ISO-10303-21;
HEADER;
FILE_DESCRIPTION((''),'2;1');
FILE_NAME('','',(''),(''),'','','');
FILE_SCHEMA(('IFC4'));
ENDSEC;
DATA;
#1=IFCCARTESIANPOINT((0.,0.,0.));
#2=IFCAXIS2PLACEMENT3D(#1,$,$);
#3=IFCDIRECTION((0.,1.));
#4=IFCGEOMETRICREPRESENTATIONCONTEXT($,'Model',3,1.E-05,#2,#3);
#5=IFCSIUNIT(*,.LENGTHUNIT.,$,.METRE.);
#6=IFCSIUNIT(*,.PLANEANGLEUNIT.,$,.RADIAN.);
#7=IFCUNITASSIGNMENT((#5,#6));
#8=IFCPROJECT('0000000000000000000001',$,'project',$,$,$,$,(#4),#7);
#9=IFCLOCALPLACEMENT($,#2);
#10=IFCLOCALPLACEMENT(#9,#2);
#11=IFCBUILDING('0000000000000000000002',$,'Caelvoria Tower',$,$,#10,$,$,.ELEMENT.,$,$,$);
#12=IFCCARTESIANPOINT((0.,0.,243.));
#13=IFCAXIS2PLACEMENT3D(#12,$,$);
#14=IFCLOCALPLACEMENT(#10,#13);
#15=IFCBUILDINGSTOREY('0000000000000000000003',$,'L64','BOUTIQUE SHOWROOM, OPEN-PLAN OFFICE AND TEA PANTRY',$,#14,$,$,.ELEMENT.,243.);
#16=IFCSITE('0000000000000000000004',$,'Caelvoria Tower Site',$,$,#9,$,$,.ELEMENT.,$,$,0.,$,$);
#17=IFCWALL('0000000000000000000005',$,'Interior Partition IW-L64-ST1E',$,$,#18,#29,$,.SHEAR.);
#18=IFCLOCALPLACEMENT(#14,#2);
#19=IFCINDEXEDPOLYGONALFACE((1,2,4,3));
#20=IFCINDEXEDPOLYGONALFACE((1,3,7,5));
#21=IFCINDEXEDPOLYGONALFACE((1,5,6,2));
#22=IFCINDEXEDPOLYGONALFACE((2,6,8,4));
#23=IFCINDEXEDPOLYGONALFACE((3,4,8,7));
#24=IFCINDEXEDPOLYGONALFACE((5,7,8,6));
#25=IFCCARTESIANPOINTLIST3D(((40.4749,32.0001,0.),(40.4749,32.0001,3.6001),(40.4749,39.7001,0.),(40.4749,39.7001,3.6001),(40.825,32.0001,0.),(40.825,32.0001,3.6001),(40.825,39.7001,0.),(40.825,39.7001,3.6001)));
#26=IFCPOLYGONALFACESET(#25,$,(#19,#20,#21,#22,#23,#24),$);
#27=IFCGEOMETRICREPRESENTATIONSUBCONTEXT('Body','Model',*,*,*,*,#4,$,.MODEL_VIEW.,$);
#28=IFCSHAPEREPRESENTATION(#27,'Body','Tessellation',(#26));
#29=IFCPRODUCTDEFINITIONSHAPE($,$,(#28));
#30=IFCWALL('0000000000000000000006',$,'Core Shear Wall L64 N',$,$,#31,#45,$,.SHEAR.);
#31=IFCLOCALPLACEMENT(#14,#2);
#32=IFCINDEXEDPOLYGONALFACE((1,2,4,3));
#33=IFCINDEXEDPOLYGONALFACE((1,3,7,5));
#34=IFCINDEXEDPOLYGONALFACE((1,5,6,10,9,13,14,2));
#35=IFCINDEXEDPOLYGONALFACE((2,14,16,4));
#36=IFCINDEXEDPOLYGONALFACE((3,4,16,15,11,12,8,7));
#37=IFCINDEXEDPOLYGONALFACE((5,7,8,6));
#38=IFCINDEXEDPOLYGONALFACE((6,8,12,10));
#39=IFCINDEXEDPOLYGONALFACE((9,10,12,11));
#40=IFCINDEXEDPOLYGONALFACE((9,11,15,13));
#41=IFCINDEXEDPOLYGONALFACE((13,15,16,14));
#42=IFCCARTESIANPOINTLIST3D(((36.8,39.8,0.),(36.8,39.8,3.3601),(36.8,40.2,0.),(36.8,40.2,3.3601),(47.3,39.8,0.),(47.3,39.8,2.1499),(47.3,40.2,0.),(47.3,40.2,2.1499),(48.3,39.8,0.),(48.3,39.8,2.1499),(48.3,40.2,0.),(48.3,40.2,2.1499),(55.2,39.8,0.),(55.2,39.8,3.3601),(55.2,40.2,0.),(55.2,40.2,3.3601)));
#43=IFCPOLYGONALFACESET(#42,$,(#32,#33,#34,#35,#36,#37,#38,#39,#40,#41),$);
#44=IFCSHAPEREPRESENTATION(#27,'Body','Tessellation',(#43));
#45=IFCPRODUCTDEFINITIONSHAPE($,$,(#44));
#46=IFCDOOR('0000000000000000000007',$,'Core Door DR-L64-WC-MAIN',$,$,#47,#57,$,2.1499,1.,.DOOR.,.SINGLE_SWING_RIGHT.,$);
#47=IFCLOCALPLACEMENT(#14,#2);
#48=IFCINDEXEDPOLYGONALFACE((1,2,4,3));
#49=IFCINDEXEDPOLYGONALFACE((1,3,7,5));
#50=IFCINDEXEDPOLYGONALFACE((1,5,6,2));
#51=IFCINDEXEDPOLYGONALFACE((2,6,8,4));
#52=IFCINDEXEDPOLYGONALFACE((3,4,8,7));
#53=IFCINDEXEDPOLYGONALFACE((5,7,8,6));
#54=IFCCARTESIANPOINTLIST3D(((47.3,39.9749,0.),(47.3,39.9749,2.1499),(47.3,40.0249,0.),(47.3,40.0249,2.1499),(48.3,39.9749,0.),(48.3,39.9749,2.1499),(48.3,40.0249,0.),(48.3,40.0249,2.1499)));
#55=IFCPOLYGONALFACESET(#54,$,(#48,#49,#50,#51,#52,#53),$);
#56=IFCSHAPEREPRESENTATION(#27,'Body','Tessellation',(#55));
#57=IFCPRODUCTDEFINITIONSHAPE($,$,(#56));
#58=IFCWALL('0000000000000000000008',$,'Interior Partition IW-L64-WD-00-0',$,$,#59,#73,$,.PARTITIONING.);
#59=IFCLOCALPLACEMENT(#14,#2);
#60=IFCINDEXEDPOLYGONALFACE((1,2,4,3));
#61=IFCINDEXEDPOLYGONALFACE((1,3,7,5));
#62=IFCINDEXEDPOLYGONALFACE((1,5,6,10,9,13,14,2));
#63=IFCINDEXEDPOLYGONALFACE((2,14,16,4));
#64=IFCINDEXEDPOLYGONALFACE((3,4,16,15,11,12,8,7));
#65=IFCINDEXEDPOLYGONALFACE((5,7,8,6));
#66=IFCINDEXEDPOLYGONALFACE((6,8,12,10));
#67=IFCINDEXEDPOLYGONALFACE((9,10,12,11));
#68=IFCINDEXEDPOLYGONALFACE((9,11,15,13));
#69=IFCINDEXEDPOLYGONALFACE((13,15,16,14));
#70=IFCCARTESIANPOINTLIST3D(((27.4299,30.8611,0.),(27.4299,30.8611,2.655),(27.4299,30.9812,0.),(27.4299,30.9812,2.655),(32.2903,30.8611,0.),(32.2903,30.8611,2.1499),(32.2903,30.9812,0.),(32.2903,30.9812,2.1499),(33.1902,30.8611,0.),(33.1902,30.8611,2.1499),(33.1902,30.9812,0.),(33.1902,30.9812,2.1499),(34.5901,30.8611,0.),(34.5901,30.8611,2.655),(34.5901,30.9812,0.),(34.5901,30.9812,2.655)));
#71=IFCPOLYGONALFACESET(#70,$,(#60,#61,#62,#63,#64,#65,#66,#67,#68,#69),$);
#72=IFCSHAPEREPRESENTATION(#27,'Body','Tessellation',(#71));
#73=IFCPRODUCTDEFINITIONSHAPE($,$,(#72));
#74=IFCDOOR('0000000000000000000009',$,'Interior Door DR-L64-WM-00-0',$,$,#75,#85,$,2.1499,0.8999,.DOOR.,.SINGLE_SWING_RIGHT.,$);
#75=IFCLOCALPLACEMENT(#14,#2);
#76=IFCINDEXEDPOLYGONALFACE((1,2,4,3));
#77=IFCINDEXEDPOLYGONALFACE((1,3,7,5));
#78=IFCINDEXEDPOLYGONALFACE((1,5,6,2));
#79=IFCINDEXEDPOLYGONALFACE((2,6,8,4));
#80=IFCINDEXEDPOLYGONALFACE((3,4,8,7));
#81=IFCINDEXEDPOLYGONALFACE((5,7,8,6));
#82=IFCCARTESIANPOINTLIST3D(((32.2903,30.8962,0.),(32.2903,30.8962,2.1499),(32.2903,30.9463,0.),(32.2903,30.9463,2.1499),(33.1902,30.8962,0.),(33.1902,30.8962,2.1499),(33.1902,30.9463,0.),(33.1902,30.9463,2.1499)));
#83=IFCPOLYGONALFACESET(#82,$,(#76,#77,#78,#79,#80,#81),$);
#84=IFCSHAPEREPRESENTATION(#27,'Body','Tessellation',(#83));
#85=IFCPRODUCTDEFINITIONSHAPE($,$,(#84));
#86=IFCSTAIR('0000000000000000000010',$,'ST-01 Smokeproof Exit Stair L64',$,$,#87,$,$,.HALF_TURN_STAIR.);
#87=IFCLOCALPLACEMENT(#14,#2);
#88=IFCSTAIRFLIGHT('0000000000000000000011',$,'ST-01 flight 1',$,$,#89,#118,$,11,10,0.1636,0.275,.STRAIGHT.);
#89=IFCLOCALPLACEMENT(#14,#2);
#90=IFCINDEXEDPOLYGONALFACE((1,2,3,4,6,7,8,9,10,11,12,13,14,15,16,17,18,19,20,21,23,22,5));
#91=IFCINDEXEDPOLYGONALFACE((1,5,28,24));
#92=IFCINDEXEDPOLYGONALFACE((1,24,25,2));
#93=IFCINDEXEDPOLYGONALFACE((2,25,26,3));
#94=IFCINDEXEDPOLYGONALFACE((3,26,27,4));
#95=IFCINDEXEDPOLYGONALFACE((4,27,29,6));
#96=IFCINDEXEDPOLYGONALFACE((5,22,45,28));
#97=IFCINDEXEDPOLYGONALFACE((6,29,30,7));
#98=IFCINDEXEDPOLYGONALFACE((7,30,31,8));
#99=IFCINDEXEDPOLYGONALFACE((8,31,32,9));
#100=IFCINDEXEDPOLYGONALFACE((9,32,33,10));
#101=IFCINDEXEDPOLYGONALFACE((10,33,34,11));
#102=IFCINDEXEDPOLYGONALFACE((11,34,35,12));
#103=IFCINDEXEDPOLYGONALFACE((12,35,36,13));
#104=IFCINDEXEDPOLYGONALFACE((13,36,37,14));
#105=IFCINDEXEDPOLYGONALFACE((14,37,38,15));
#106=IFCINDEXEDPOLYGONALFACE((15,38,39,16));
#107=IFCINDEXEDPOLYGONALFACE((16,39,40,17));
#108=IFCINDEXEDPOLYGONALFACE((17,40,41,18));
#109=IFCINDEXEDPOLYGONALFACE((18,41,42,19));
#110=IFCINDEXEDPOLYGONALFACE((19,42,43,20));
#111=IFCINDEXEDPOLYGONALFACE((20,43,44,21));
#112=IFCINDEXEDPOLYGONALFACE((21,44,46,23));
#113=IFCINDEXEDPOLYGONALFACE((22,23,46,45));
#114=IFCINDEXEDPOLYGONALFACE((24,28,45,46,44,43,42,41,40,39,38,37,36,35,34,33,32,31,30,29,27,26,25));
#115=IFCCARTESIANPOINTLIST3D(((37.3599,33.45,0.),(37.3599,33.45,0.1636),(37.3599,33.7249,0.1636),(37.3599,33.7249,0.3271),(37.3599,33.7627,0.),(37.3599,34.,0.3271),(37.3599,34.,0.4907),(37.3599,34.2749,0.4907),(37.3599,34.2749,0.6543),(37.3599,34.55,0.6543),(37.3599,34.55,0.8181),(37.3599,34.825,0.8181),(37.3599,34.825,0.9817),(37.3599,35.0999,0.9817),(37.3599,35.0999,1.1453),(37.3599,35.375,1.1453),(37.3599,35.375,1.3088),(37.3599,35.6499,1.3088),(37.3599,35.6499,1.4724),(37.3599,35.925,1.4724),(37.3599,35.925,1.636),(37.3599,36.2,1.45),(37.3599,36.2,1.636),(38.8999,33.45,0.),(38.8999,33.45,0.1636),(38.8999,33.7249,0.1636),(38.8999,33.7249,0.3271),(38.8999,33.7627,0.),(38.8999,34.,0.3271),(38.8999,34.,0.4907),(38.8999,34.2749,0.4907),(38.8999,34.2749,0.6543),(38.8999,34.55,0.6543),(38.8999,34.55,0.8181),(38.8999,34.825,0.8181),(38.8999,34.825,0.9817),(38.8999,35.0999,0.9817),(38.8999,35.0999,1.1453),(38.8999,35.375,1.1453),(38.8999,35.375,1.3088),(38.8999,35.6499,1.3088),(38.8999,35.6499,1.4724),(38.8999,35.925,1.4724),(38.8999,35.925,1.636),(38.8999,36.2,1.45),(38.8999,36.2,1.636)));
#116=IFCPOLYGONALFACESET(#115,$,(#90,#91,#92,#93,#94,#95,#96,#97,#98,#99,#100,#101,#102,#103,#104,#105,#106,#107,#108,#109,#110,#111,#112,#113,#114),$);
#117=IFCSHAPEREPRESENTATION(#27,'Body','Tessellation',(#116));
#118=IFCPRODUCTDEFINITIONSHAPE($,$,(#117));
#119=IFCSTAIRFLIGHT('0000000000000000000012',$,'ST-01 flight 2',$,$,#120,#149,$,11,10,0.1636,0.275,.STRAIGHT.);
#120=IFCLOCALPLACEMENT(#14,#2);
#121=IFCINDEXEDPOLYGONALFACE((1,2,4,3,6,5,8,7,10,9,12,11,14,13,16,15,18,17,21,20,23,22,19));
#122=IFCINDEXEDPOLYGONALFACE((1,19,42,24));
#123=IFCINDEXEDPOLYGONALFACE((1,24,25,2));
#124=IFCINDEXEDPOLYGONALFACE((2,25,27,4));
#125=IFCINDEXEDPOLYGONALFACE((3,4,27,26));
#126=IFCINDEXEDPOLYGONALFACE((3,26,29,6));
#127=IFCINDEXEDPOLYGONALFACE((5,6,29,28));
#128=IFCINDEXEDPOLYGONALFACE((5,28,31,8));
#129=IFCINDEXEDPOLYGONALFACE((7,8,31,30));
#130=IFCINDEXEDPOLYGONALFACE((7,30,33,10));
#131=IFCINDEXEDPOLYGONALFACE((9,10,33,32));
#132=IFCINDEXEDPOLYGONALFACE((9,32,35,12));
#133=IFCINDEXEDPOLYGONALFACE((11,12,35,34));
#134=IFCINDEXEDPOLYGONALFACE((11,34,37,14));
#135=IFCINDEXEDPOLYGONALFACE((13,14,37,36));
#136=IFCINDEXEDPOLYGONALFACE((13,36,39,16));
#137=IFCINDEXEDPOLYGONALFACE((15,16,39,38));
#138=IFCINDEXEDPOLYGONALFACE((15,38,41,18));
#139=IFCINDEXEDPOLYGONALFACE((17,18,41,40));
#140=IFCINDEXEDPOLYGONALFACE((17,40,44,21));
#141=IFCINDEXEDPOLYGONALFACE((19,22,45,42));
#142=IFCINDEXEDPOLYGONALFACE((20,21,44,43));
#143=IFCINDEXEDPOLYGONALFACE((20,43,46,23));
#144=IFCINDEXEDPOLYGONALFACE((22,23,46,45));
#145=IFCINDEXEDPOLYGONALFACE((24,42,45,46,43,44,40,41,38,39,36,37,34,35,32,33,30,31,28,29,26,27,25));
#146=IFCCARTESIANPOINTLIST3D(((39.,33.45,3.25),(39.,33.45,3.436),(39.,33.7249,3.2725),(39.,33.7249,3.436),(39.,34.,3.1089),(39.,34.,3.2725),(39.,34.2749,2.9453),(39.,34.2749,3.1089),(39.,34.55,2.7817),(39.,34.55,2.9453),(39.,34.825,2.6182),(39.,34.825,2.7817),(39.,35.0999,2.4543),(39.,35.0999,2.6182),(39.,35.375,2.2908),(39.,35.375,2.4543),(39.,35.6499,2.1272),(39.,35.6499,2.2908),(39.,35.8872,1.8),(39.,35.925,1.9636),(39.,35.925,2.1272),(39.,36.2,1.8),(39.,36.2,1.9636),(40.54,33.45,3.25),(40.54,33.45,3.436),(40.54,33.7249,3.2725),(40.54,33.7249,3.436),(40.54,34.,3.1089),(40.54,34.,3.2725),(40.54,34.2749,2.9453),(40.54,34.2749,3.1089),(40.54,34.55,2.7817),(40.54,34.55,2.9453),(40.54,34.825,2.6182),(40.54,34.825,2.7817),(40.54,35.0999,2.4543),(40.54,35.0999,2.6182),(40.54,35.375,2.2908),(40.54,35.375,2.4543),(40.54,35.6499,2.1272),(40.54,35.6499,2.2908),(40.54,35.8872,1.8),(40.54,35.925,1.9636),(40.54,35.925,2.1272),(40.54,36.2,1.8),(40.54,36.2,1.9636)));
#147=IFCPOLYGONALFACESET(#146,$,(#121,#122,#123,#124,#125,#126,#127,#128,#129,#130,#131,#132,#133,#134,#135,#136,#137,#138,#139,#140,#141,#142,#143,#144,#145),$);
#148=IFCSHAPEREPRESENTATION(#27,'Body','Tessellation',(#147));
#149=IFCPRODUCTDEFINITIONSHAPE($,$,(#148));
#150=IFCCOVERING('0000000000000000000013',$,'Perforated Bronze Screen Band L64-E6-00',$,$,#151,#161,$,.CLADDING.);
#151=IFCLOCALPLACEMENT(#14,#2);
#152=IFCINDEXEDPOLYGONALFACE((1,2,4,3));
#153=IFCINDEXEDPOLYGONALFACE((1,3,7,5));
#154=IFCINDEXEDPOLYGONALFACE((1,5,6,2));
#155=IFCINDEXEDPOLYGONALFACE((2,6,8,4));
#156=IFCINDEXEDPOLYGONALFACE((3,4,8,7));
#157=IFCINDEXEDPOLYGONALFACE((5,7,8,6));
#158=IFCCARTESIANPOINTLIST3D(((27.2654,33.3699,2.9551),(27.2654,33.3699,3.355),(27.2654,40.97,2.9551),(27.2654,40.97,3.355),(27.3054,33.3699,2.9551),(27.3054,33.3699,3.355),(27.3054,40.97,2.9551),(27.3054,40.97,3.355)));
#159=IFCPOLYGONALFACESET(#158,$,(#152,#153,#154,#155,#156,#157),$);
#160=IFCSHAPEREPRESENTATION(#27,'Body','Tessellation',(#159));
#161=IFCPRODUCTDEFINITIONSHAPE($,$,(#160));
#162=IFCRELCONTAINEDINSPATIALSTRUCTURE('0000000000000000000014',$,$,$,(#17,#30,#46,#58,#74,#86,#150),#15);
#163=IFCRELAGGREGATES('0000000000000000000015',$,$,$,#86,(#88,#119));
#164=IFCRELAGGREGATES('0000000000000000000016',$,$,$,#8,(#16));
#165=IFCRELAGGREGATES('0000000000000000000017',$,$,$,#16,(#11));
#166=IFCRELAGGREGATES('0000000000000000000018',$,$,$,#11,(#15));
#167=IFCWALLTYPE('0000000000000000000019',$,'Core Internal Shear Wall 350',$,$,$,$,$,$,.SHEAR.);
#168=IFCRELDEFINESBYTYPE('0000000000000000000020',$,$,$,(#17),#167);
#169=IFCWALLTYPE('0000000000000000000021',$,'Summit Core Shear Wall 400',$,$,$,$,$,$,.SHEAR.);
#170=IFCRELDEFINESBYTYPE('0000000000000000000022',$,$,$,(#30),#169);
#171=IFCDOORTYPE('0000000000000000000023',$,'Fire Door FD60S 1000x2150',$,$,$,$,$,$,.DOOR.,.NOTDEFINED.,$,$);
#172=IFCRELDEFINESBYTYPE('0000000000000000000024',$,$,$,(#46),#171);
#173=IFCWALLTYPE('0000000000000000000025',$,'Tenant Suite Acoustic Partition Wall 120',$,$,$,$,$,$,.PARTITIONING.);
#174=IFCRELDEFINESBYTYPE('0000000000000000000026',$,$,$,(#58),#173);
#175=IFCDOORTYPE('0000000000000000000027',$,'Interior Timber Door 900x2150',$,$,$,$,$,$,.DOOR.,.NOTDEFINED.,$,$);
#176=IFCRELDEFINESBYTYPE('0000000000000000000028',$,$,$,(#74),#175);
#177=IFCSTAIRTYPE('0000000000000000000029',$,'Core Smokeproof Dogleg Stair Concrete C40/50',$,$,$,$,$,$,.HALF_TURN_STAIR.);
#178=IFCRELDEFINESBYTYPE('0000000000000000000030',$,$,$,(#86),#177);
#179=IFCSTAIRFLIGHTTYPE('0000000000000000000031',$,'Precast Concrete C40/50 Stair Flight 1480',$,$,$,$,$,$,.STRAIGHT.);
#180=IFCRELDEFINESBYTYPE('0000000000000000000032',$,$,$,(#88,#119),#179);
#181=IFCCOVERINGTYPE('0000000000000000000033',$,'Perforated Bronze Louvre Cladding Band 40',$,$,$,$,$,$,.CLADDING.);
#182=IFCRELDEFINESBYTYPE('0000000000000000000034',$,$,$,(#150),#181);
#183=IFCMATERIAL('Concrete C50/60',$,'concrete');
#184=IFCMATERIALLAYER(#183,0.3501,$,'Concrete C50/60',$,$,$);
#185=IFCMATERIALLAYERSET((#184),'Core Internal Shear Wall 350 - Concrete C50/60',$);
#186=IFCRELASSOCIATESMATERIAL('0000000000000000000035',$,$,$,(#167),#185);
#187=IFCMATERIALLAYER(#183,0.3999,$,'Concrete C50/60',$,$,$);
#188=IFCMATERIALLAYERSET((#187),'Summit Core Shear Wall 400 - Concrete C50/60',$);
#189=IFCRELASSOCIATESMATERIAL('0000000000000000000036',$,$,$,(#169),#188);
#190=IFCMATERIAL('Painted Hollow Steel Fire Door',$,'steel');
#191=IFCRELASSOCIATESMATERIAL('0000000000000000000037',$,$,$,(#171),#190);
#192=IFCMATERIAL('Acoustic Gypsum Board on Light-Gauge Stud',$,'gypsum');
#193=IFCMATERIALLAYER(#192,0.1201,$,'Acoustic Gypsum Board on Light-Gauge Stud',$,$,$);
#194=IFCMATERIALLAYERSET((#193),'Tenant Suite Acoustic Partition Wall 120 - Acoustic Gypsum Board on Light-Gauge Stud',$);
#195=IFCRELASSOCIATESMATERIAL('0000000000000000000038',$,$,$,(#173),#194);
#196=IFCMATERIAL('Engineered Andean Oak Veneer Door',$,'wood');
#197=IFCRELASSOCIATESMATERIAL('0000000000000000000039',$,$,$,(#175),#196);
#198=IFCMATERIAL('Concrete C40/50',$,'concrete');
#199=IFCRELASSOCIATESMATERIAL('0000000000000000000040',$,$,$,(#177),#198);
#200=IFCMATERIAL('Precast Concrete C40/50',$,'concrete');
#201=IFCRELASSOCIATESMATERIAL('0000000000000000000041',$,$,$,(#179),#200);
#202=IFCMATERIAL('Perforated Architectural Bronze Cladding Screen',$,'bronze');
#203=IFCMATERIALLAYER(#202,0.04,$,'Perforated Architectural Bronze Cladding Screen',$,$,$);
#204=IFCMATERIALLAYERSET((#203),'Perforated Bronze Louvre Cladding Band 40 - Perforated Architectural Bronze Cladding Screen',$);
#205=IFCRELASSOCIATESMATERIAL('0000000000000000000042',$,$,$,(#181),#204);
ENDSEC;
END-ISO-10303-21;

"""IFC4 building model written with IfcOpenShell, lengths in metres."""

from ifc_helpers import new_model, si_unit, direction, frame, frame_2d, origin, origin_2d, place, context, subcontext, project, spatial, polyline, rectangle, outline, extrude, material, layer, layer_set, type_object, element, fill, aggregate, save


model = new_model("IFC4")

# Units and contexts
model_context = context("Model", 3, precision=1e-05, world=origin(), true_north=direction((0.0, 1.0)))
body_context = subcontext(model_context, "Body", "Model", "MODEL_VIEW")
ifc_project = project(units=[si_unit("LENGTHUNIT", "METRE"), si_unit("PLANEANGLEUNIT", "RADIAN")], contexts=[model_context])

# Site, building, storey
site_placement = place(None, origin())
site = spatial("IfcSite", under=ifc_project, at=site_placement, Name="Caelvoria Tower Site", CompositionType="ELEMENT", RefElevation=0.0)
building_placement = place(site_placement, origin())
building = spatial("IfcBuilding", under=site, at=building_placement, Name="Caelvoria Tower", CompositionType="ELEMENT")
storey_placement = place(building_placement, frame((0.0, 0.0, 243.0)))
storey = spatial("IfcBuildingStorey", under=building, at=storey_placement, Name="L64", Description="BOUTIQUE SHOWROOM, OPEN-PLAN OFFICE AND TEA PANTRY", CompositionType="ELEMENT", Elevation=243.0)

# Shared definitions
ifc_material_1 = material(Name="Concrete C50/60", Category="concrete")
ifc_layer_1 = layer(ifc_material_1, 0.3501, Name="Concrete C50/60")
ifc_layer_set_1 = layer_set([ifc_layer_1], Name="Core Internal Shear Wall 350 - Concrete C50/60")
wall_type_1 = type_object("IfcWallType", Name="Core Internal Shear Wall 350", PredefinedType="SHEAR", material=ifc_layer_set_1)
ifc_material_2 = material(Name="Painted Hollow Steel Fire Door", Category="steel")

# Wall
wall_1_placement = place(storey_placement, frame((40.6499, 32.0, 0.0), z_axis=(0.0, 0.0, 1.0), x_axis=(0.0, 1.0, 0.0)))
element("IfcWall", 1, at=wall_1_placement, inside=storey, type_object=wall_type_1, Name="Interior Partition IW-L64-ST1E", PredefinedType="SHEAR", context=body_context, shape_type="SweptSolid", body=[
    extrude(rectangle(XDim=7.7, YDim=0.3501, at=frame_2d((3.8501, 0.0))), origin(), (0.0, 0.0, 1.0), 3.6001),
])

# Walls, openings, doors
ifc_layer_2 = layer(ifc_material_1, 0.3999, Name="Concrete C50/60")
ifc_layer_set_2 = layer_set([ifc_layer_2], Name="Summit Core Shear Wall 400 - Concrete C50/60")
wall_type_2 = type_object("IfcWallType", Name="Summit Core Shear Wall 400", PredefinedType="SHEAR", material=ifc_layer_set_2)
wall_2_placement = place(storey_placement, frame((36.8, 40.0, 0.0), z_axis=(0.0, 0.0, 1.0), x_axis=(1.0, 0.0, 0.0)))
wall_2 = element("IfcWall", 2, at=wall_2_placement, inside=storey, type_object=wall_type_2, Name="Core Shear Wall L64 N", PredefinedType="SHEAR", context=body_context, shape_type="SweptSolid", body=[
    extrude(rectangle(XDim=18.3999, YDim=0.3999, at=frame_2d((9.2, 0.0))), origin(), (0.0, 0.0, 1.0), 3.3601),
])
opening_1_placement = place(wall_2_placement, frame((10.5, 0.0, 0.0)))
opening_1 = element("IfcOpeningElement", 3, at=opening_1_placement, cuts=wall_2, PredefinedType="OPENING", context=body_context, shape_type="SweptSolid", body=[
    extrude(rectangle(XDim=1.0, YDim=2.1499, at=frame_2d((0.5, 1.075))), frame((0.0, 0.21, 0.0), z_axis=(0.0, -1.0, 0.0), x_axis=(1.0, 0.0, 0.0)), (0.0, 0.0, 1.0), 0.4199),
])
door_type_1 = type_object("IfcDoorType", Name="Fire Door FD60S 1000x2150", OperationType="NOTDEFINED", PredefinedType="DOOR", material=ifc_material_2)
door_1_placement = place(opening_1_placement, origin())
door_1 = element("IfcDoor", 4, at=door_1_placement, inside=storey, type_object=door_type_1, Name="Core Door DR-L64-WC-MAIN", OperationType="SINGLE_SWING_RIGHT", OverallHeight=2.1499, OverallWidth=1.0, PredefinedType="DOOR", context=body_context, shape_type="SweptSolid", body=[
    extrude(rectangle(XDim=1.0, YDim=2.1499, at=frame_2d((0.5, 1.075))), frame((0.0, 0.0249, 0.0), z_axis=(0.0, -1.0, 0.0), x_axis=(1.0, 0.0, 0.0)), (0.0, 0.0, 1.0), 0.05),
])
fill(opening_1, door_1)
ifc_material_3 = material(Name="Acoustic Gypsum Board on Light-Gauge Stud", Category="gypsum")
ifc_layer_3 = layer(ifc_material_3, 0.1201, Name="Acoustic Gypsum Board on Light-Gauge Stud")
ifc_layer_set_3 = layer_set([ifc_layer_3], Name="Tenant Suite Acoustic Partition Wall 120 - Acoustic Gypsum Board on Light-Gauge Stud")
wall_type_3 = type_object("IfcWallType", Name="Tenant Suite Acoustic Partition Wall 120", PredefinedType="PARTITIONING", material=ifc_layer_set_3)
wall_3_placement = place(storey_placement, frame((34.5901, 30.9211, 0.0), z_axis=(0.0, 0.0, 1.0), x_axis=(-1.0, 0.0, 0.0)))
wall_3 = element("IfcWall", 5, at=wall_3_placement, inside=storey, type_object=wall_type_3, Name="Interior Partition IW-L64-WD-00-0", PredefinedType="PARTITIONING", context=body_context, shape_type="SweptSolid", body=[
    extrude(rectangle(XDim=7.1602, YDim=0.1201, at=frame_2d((3.5801, 0.0))), origin(), (0.0, 0.0, 1.0), 2.655),
])
opening_2_placement = place(wall_3_placement, frame((1.3999, 0.0, 0.0)))
opening_2 = element("IfcOpeningElement", 6, at=opening_2_placement, cuts=wall_3, PredefinedType="OPENING", context=body_context, shape_type="SweptSolid", body=[
    extrude(rectangle(XDim=0.8999, YDim=2.1499, at=frame_2d((0.45, 1.075))), frame((0.0, 0.0701, 0.0), z_axis=(0.0, -1.0, 0.0), x_axis=(1.0, 0.0, 0.0)), (0.0, 0.0, 1.0), 0.1401),
])
ifc_material_4 = material(Name="Engineered Andean Oak Veneer Door", Category="wood")
door_type_2 = type_object("IfcDoorType", Name="Interior Timber Door 900x2150", OperationType="NOTDEFINED", PredefinedType="DOOR", material=ifc_material_4)
door_2_placement = place(opening_2_placement, origin())
door_2 = element("IfcDoor", 7, at=door_2_placement, inside=storey, type_object=door_type_2, Name="Interior Door DR-L64-WM-00-0", OperationType="SINGLE_SWING_RIGHT", OverallHeight=2.1499, OverallWidth=0.8999, PredefinedType="DOOR", context=body_context, shape_type="SweptSolid", body=[
    extrude(rectangle(XDim=0.8999, YDim=2.1499, at=frame_2d((0.45, 1.075))), frame((0.0, 0.0249, 0.0), z_axis=(0.0, -1.0, 0.0), x_axis=(1.0, 0.0, 0.0)), (0.0, 0.0, 1.0), 0.05),
])
fill(opening_2, door_2)

# Stair, stair flights
ifc_material_5 = material(Name="Concrete C40/50", Category="concrete")
stair_type = type_object("IfcStairType", Name="Core Smokeproof Dogleg Stair Concrete C40/50", PredefinedType="HALF_TURN_STAIR", material=ifc_material_5)
stair_placement = place(storey_placement, origin())
stair = element("IfcStair", 8, at=stair_placement, inside=storey, type_object=stair_type, Name="ST-01 Smokeproof Exit Stair L64", PredefinedType="HALF_TURN_STAIR")
ifc_material_6 = material(Name="Precast Concrete C40/50", Category="concrete")
stair_flight_type = type_object("IfcStairFlightType", Name="Precast Concrete C40/50 Stair Flight 1480", PredefinedType="STRAIGHT", material=ifc_material_6)
stair_flight_1_placement = place(storey_placement, frame((38.1299, 33.45, 0.0), z_axis=(0.0, 0.0, 1.0), x_axis=(0.0, 1.0, 0.0)))
stair_flight_1 = element("IfcStairFlight", 9, at=stair_flight_1_placement, type_object=stair_flight_type, Name="ST-01 flight 1", NumberOfRisers=11, NumberOfTreads=10, PredefinedType="STRAIGHT", RiserHeight=0.1636, TreadLength=0.275, context=body_context, shape_type="SweptSolid", body=[
    extrude(outline(polyline([(0.0, 0.0), (0.0, 0.1636), (0.2749, 0.1636), (0.2749, 0.3271), (0.55, 0.3271), (0.55, 0.4907), (0.825, 0.4907), (0.825, 0.6543), (1.1001, 0.6543), (1.1001, 0.8181), (1.375, 0.8181), (1.375, 0.9817), (1.6499, 0.9817), (1.6499, 1.1453), (1.925, 1.1453), (1.925, 1.3088), (2.2, 1.3088), (2.2, 1.4724), (2.4751, 1.4724), (2.4751, 1.636), (2.75, 1.636), (2.75, 1.7996), (2.75, 1.45), (0.3127, 0.0), (0.0, 0.0)])), frame((0.0, 0.77, 0.0), z_axis=(0.0, -1.0, 0.0), x_axis=(1.0, 0.0, 0.0)), (0.0, 0.0, 1.0), 1.54),
])
stair_flight_2_placement = place(storey_placement, frame((39.77, 36.2, 1.8), z_axis=(0.0, 0.0, 1.0), x_axis=(0.0, -1.0, 0.0)))
stair_flight_2 = element("IfcStairFlight", 10, at=stair_flight_2_placement, type_object=stair_flight_type, Name="ST-01 flight 2", NumberOfRisers=11, NumberOfTreads=10, PredefinedType="STRAIGHT", RiserHeight=0.1636, TreadLength=0.275, context=body_context, shape_type="SweptSolid", body=[
    extrude(outline(polyline([(0.0, 0.0), (0.0, 0.1636), (0.2749, 0.1636), (0.2749, 0.3271), (0.55, 0.3271), (0.55, 0.4907), (0.825, 0.4907), (0.825, 0.6543), (1.1001, 0.6543), (1.1001, 0.8181), (1.375, 0.8181), (1.375, 0.9817), (1.6499, 0.9817), (1.6499, 1.1453), (1.925, 1.1453), (1.925, 1.3088), (2.2, 1.3088), (2.2, 1.4724), (2.4751, 1.4724), (2.4751, 1.636), (2.75, 1.636), (2.75, 1.7996), (2.75, 1.45), (0.3127, 0.0), (0.0, 0.0)])), frame((0.0, 0.77, 0.0), z_axis=(0.0, -1.0, 0.0), x_axis=(1.0, 0.0, 0.0)), (0.0, 0.0, 1.0), 1.54),
])
aggregate(stair, [stair_flight_1, stair_flight_2])

# Covering
ifc_material_7 = material(Name="Perforated Architectural Bronze Cladding Screen", Category="bronze")
ifc_layer_4 = layer(ifc_material_7, 0.04, Name="Perforated Architectural Bronze Cladding Screen")
ifc_layer_set_4 = layer_set([ifc_layer_4], Name="Perforated Bronze Louvre Cladding Band 40 - Perforated Architectural Bronze Cladding Screen")
covering_type = type_object("IfcCoveringType", Name="Perforated Bronze Louvre Cladding Band 40", PredefinedType="CLADDING", material=ifc_layer_set_4)
covering_placement = place(storey_placement, frame((27.2854, 37.1699, 2.9551), z_axis=(0.0, 0.0, 1.0), x_axis=(0.0, -1.0, 0.0)))
element("IfcCovering", 11, at=covering_placement, inside=storey, type_object=covering_type, Name="Perforated Bronze Screen Band L64-E6-00", PredefinedType="CLADDING", context=body_context, shape_type="SweptSolid", body=[
    extrude(rectangle(XDim=7.6001, YDim=0.04, at=origin_2d()), origin(), (0.0, 0.0, 1.0), 0.3999),
])

save(model, "model.ifc")
